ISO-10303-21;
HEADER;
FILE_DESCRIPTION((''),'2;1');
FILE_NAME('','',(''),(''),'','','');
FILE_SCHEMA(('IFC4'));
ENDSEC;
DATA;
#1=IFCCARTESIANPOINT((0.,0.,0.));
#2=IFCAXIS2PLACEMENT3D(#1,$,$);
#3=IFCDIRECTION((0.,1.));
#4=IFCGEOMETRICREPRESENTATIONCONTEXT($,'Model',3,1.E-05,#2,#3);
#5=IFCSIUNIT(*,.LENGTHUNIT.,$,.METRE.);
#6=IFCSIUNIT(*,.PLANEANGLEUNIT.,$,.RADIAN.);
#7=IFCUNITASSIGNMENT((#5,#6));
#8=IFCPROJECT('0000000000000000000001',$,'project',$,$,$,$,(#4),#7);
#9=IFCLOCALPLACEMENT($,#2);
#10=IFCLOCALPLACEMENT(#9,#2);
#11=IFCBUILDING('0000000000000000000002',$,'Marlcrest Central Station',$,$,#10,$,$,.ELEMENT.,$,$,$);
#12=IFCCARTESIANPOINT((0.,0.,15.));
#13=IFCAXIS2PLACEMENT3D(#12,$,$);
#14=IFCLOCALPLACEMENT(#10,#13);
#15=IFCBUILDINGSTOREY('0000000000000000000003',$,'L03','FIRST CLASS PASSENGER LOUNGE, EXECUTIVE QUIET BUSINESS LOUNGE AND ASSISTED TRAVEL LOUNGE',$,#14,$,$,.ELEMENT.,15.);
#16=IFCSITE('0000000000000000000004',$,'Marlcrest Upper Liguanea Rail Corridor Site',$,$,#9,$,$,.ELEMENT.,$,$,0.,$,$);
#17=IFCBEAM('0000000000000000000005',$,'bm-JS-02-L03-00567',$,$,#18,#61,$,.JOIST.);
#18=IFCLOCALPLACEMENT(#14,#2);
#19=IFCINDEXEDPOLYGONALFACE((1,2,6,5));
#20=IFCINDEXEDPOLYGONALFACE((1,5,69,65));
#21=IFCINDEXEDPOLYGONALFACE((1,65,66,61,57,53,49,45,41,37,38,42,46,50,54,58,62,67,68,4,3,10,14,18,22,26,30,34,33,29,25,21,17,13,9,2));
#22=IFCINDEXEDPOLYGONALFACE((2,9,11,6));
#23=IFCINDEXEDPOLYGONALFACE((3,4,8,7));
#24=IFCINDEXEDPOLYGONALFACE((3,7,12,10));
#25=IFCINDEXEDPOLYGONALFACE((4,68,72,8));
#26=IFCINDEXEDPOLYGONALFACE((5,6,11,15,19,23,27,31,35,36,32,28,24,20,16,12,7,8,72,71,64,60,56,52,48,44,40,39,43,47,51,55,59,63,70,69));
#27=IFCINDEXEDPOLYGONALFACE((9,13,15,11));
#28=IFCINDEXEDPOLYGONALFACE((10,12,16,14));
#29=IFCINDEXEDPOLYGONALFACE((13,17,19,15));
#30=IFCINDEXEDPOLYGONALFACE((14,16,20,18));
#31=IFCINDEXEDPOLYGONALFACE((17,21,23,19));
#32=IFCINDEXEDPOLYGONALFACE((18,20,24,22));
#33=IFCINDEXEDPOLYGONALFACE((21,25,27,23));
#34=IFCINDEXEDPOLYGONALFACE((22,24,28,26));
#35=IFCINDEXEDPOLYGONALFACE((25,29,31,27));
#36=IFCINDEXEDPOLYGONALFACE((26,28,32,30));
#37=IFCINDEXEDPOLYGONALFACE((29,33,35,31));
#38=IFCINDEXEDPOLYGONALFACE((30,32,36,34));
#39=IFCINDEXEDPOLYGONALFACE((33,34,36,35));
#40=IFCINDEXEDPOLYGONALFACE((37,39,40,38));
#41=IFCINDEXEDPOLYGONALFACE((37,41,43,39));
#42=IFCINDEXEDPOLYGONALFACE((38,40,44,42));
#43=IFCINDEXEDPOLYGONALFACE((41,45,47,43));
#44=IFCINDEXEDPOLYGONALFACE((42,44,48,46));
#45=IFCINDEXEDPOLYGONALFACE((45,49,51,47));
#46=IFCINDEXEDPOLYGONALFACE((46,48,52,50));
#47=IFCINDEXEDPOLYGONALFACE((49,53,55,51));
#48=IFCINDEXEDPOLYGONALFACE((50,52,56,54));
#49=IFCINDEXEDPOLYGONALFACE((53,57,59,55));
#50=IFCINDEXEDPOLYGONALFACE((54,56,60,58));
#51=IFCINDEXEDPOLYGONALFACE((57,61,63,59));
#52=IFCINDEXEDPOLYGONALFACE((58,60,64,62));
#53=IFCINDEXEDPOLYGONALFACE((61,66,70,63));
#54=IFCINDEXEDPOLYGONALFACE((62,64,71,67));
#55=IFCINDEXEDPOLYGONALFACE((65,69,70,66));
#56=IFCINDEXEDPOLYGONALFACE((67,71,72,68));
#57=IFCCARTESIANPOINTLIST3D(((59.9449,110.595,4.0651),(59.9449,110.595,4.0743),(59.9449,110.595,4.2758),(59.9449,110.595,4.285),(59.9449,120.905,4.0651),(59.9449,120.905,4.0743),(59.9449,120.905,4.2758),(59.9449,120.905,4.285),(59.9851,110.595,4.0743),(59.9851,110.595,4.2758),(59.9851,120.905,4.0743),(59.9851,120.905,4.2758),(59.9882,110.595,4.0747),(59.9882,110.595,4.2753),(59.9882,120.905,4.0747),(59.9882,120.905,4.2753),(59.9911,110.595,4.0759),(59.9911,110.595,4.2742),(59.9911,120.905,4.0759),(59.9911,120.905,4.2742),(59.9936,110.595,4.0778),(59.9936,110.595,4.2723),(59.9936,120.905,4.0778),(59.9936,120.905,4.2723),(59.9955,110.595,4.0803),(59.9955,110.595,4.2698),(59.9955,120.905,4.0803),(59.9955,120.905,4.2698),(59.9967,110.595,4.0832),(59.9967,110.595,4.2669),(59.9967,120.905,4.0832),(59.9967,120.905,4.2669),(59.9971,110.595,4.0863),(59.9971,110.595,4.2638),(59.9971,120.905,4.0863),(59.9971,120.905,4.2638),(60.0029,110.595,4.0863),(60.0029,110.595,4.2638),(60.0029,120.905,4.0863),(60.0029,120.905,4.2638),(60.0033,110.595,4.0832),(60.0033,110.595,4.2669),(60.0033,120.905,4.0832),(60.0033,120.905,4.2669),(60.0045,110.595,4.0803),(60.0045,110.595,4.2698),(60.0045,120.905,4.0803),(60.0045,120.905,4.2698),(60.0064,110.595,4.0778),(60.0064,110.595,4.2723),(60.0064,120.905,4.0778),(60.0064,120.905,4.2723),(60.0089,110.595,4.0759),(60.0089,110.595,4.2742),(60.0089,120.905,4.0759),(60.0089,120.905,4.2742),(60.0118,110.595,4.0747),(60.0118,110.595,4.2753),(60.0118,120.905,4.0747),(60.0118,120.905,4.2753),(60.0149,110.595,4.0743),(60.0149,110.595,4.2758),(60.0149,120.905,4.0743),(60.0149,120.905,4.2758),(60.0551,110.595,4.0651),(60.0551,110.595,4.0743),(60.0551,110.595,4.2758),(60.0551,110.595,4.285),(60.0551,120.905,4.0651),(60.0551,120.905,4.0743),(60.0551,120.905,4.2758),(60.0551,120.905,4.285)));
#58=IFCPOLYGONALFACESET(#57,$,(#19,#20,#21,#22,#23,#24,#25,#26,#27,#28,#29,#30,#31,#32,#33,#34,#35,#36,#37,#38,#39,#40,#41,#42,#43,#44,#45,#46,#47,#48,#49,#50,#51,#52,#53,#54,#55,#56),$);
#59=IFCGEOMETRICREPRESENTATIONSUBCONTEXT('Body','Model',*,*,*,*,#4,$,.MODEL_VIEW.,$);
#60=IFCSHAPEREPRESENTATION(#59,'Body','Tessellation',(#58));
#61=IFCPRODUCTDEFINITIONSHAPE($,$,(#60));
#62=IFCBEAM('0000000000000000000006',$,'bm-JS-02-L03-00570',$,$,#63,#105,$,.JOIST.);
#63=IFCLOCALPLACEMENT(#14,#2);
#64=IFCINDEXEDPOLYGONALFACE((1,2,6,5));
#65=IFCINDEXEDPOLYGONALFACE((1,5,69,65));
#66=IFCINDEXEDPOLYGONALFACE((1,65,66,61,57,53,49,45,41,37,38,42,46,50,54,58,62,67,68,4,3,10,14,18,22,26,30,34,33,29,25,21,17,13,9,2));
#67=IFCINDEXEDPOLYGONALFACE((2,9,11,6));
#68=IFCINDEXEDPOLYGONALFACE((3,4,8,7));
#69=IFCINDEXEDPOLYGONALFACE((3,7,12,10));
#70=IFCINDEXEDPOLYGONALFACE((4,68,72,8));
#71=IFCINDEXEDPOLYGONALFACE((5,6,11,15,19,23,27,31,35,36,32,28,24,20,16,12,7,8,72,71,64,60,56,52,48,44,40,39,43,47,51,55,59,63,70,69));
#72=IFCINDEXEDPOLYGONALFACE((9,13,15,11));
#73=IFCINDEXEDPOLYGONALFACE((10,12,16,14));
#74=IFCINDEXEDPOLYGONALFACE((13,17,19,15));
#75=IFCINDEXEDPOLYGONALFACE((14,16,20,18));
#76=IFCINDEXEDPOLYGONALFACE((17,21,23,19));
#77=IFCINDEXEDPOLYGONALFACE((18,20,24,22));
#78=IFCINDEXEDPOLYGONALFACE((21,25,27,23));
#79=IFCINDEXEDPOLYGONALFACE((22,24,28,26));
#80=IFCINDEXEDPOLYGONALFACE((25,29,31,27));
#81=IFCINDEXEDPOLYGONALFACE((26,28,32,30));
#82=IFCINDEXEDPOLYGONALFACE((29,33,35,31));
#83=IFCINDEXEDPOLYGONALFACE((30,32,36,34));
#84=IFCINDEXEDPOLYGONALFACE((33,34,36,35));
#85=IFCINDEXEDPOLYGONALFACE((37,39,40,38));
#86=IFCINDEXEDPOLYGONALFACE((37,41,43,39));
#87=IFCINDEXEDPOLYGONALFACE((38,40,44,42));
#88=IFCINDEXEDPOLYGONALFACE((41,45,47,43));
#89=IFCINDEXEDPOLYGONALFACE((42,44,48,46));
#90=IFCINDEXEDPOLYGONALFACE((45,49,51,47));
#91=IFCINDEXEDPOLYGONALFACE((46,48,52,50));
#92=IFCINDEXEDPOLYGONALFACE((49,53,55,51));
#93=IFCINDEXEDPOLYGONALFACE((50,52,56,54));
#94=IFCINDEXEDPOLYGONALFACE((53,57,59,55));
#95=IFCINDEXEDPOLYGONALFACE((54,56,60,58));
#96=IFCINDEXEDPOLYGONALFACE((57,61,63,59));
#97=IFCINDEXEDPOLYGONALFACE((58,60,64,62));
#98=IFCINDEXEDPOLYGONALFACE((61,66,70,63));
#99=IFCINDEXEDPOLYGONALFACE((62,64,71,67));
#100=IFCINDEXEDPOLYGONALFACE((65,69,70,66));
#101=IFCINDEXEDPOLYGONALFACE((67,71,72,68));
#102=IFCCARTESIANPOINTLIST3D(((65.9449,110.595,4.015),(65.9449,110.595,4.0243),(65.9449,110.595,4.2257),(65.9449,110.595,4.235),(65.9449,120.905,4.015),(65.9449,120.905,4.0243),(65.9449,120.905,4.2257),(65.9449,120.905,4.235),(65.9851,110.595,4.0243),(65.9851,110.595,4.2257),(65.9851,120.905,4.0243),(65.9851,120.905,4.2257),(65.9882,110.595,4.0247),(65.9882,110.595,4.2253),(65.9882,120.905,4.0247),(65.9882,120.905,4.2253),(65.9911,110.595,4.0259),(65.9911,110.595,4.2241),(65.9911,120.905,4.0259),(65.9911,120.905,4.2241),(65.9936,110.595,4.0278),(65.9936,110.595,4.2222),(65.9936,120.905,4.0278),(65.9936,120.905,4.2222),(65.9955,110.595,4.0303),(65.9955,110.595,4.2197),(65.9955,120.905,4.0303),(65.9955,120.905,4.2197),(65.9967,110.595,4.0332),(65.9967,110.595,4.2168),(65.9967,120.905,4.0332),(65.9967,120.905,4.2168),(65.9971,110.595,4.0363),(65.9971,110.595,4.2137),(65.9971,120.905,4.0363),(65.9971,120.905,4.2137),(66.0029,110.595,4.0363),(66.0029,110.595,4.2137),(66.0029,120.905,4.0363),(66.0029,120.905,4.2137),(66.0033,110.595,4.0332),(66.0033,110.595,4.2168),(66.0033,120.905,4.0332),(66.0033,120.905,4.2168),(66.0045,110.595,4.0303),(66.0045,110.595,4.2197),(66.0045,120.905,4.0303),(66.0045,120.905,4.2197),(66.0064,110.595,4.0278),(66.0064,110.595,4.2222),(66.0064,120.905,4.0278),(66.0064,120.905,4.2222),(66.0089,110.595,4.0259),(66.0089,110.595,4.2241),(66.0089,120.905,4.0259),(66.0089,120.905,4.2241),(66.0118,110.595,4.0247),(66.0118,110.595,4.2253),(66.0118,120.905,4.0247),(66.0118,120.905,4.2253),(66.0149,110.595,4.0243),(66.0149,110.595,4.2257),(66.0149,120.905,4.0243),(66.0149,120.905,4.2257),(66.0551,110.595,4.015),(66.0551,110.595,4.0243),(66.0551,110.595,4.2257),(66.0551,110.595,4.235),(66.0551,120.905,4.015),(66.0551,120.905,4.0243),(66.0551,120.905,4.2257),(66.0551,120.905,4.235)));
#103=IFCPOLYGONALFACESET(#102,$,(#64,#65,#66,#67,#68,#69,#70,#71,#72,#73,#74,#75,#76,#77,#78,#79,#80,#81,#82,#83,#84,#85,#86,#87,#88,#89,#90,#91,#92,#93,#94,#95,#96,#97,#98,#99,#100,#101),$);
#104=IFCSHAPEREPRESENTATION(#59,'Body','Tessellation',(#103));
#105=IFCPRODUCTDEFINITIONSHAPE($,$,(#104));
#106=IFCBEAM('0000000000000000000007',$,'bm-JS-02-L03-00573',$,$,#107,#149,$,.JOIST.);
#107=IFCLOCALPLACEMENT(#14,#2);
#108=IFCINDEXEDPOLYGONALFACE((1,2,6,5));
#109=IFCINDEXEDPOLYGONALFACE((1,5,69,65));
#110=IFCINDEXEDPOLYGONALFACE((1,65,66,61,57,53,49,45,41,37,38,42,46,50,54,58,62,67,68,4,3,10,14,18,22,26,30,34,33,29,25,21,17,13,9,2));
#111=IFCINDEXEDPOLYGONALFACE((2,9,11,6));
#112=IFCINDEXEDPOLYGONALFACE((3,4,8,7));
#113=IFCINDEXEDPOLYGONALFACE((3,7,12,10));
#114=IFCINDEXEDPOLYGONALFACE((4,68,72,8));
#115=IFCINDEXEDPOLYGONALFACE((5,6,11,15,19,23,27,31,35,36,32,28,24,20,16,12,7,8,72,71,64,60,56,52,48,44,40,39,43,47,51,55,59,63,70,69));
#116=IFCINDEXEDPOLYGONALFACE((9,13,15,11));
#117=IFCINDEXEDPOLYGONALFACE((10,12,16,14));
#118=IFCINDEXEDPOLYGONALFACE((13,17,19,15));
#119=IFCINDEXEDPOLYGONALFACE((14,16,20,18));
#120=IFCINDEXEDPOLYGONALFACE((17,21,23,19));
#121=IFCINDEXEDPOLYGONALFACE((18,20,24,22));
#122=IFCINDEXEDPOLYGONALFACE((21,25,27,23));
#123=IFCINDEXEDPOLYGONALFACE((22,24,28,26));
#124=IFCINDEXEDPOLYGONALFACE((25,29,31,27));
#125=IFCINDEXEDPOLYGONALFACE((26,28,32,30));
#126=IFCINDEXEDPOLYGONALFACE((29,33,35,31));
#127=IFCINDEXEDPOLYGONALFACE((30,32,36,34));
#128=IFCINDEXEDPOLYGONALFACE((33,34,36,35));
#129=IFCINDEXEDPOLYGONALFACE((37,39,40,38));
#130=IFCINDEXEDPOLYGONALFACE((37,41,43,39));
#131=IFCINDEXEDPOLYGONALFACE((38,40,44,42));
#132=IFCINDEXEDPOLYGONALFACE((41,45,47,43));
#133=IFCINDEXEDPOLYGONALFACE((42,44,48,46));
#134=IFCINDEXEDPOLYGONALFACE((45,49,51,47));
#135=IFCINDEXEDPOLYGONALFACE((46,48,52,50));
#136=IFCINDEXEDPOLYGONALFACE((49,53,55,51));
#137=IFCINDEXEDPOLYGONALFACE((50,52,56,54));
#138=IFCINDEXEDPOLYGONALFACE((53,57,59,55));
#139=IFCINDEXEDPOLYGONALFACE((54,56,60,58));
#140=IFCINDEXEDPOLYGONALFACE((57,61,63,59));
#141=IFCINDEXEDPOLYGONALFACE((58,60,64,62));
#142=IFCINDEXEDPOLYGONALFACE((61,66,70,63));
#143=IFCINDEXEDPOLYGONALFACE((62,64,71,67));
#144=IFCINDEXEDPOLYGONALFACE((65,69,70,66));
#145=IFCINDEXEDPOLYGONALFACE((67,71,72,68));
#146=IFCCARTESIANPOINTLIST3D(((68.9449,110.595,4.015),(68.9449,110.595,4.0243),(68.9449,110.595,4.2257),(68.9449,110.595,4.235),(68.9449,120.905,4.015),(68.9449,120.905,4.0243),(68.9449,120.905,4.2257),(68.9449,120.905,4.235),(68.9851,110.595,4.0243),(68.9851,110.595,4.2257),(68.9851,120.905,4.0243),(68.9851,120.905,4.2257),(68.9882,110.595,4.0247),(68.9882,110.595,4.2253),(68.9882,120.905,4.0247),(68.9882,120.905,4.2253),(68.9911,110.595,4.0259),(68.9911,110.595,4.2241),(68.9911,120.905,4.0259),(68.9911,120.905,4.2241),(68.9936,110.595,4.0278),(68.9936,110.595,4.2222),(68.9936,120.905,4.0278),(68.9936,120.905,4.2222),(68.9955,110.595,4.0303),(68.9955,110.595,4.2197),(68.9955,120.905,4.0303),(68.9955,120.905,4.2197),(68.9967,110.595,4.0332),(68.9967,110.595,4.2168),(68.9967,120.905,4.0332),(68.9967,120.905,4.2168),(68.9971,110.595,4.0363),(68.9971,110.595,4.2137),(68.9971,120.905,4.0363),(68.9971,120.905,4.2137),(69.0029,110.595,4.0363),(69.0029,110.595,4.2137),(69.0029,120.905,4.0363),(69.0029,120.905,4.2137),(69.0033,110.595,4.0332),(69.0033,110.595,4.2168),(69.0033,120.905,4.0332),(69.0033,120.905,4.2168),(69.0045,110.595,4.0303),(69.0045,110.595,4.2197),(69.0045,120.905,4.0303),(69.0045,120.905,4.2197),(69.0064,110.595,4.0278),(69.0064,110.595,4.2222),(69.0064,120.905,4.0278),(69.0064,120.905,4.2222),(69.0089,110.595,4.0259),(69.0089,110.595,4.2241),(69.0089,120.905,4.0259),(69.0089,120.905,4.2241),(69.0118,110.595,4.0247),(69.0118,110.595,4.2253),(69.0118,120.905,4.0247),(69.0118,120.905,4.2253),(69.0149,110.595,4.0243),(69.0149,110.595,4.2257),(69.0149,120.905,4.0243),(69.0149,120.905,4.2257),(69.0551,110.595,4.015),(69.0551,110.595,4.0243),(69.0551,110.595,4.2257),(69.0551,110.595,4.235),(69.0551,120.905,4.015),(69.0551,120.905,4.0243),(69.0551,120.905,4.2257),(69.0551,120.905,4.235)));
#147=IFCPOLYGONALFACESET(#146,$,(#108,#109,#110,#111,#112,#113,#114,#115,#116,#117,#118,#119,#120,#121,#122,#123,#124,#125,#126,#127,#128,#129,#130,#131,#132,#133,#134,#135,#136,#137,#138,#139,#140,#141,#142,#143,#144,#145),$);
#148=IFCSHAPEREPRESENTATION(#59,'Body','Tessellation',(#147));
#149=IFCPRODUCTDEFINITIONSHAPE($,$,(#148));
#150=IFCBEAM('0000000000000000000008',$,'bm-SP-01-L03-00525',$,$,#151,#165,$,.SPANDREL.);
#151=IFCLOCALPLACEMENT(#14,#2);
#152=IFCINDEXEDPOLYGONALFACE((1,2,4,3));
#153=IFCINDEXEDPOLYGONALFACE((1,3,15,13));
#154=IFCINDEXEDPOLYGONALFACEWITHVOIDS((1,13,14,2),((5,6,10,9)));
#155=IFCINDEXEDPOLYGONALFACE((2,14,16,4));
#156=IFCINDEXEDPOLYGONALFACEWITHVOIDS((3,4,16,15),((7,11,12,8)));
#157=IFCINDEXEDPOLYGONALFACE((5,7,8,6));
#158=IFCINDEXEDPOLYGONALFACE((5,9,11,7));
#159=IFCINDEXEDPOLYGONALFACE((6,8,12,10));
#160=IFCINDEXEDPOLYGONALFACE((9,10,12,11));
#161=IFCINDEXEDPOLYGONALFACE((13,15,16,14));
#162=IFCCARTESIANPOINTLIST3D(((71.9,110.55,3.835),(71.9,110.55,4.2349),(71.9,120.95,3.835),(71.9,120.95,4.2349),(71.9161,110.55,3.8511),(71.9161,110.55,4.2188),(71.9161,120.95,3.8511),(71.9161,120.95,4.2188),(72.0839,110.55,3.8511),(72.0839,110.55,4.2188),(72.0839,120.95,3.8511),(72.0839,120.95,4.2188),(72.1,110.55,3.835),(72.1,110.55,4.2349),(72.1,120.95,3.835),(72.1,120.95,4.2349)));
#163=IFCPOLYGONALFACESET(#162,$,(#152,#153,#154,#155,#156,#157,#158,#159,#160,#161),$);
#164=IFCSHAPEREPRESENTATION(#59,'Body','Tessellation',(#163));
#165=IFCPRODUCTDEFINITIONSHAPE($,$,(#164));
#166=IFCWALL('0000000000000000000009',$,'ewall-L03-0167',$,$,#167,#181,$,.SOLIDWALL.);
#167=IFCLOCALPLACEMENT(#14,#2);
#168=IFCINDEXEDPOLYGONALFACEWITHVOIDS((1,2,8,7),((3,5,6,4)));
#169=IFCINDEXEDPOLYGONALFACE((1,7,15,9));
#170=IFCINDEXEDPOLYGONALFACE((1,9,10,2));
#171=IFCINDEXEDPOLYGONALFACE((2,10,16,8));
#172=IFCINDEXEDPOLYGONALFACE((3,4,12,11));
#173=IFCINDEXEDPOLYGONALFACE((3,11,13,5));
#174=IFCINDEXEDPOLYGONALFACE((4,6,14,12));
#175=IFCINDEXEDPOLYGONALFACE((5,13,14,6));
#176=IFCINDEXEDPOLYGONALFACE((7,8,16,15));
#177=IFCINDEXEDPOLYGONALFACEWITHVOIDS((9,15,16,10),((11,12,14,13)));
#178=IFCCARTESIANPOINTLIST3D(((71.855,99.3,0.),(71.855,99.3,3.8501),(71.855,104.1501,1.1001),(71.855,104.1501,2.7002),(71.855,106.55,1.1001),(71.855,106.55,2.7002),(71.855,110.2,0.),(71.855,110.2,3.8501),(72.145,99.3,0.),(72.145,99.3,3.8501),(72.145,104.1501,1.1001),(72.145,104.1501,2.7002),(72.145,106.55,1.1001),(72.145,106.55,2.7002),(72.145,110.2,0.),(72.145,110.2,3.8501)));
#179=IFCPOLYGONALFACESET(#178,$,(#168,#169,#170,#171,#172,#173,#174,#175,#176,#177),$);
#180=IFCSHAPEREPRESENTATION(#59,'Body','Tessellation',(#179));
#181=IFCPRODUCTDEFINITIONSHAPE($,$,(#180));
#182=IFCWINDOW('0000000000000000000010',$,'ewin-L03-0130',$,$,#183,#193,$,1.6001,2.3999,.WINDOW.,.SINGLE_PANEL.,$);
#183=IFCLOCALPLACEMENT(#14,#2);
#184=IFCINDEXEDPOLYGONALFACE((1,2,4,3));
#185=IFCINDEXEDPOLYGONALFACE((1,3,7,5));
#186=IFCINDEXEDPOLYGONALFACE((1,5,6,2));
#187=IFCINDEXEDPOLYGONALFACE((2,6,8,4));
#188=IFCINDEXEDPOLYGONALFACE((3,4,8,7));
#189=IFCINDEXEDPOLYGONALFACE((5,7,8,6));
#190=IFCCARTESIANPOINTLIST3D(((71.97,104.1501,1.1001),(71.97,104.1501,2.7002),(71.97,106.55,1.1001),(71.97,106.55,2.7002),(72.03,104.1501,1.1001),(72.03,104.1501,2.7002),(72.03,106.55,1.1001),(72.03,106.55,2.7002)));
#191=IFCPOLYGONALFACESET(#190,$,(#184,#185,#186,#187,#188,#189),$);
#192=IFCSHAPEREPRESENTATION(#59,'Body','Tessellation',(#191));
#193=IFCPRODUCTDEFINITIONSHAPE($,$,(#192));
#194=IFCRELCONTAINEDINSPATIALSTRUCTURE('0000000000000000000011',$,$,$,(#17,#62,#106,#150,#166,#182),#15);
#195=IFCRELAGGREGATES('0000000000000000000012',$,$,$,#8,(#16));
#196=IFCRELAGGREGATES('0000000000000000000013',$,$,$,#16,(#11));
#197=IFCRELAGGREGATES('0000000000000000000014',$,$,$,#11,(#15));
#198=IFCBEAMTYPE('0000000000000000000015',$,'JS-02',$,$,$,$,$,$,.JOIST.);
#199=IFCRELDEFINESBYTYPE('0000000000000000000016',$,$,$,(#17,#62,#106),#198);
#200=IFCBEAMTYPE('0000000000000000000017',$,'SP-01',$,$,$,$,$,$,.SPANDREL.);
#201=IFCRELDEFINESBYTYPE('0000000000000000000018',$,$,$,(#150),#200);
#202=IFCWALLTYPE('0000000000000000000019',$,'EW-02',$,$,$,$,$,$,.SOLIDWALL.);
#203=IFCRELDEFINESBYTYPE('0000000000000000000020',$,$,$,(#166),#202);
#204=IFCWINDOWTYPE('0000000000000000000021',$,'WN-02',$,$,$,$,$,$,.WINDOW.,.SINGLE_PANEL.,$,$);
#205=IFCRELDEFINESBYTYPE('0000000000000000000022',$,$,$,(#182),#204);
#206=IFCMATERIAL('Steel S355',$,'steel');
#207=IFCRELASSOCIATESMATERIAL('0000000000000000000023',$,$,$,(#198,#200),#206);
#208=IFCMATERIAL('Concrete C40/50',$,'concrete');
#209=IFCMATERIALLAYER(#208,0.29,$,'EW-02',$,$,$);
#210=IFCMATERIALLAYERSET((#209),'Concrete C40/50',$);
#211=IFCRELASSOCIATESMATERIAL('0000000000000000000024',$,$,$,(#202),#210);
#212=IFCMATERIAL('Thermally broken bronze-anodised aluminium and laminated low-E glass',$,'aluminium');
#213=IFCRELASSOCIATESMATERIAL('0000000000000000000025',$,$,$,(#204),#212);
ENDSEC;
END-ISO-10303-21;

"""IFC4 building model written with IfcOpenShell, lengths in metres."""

from ifc_helpers import new_model, si_unit, direction, frame, frame_2d, origin, origin_2d, place, context, subcontext, project, spatial, rectangle, hollow_rectangle, i_section, extrude, material, layer, layer_set, material_profile, profile_set, type_object, element, fill, save


model = new_model("IFC4")

# Units and contexts
model_context = context("Model", 3, precision=1e-05, world=origin(), true_north=direction((0.0, 1.0)))
body_context = subcontext(model_context, "Body", "Model", "MODEL_VIEW")
ifc_project = project(units=[si_unit("LENGTHUNIT", "METRE"), si_unit("PLANEANGLEUNIT", "RADIAN")], contexts=[model_context])

# Site, building, storey
site_placement = place(None, origin())
site = spatial("IfcSite", under=ifc_project, at=site_placement, Name="Marlcrest Upper Liguanea Rail Corridor Site", CompositionType="ELEMENT", RefElevation=0.0)
building_placement = place(site_placement, origin())
building = spatial("IfcBuilding", under=site, at=building_placement, Name="Marlcrest Central Station", CompositionType="ELEMENT")
storey_placement = place(building_placement, frame((0.0, 0.0, 15.0)))
storey = spatial("IfcBuildingStorey", under=building, at=storey_placement, Name="L03", Description="FIRST CLASS PASSENGER LOUNGE, EXECUTIVE QUIET BUSINESS LOUNGE AND ASSISTED TRAVEL LOUNGE", CompositionType="ELEMENT", Elevation=15.0)

# Shared definitions
ifc_material_1 = material(Name="Steel S355", Category="steel")

# Beams
ifc_material_profile_1 = material_profile(ifc_material_1, i_section(OverallWidth=0.1101, OverallDepth=0.22, WebThickness=0.0059, FlangeThickness=0.0093, FilletRadius=0.012, at=origin_2d()), Name="IPE 220")
ifc_profile_set_1 = profile_set([ifc_material_profile_1], Name="Steel S355")
beam_type_1 = type_object("IfcBeamType", Name="JS-02", PredefinedType="JOIST", material=ifc_profile_set_1)
for number, where, z_axis, x_axis, name in (
    (1, (60.0, 110.595, 4.175), (0.0, 1.0, 0.0), (-1.0, 0.0, 0.0), "bm-JS-02-L03-00567"),
    (2, (66.0, 110.595, 4.125), (0.0, 1.0, 0.0), (-1.0, 0.0, 0.0), "bm-JS-02-L03-00570"),
    (3, (69.0, 110.595, 4.125), (0.0, 1.0, 0.0), (-1.0, 0.0, 0.0), "bm-JS-02-L03-00573"),
):
    element("IfcBeam", number, at=place(storey_placement, frame(where, z_axis=z_axis, x_axis=x_axis)), inside=storey, type_object=beam_type_1, Name=name, PredefinedType="JOIST", context=body_context, shape_type="SweptSolid", body=[
        extrude(i_section(OverallWidth=0.1101, OverallDepth=0.22, WebThickness=0.0059, FlangeThickness=0.0093, FilletRadius=0.012, at=origin_2d()), origin(), (0.0, 0.0, 1.0), 10.3101),
    ])
ifc_material_profile_2 = material_profile(ifc_material_1, hollow_rectangle(XDim=0.2, YDim=0.3999, WallThickness=0.0161, at=origin_2d()), Name="RHS 400x200x16")
ifc_profile_set_2 = profile_set([ifc_material_profile_2], Name="Steel S355")
beam_type_2 = type_object("IfcBeamType", Name="SP-01", PredefinedType="SPANDREL", material=ifc_profile_set_2)
beam_1_placement = place(storey_placement, frame((72.0, 110.55, 4.0349), z_axis=(0.0, 1.0, 0.0), x_axis=(-1.0, 0.0, 0.0)))
element("IfcBeam", 4, at=beam_1_placement, inside=storey, type_object=beam_type_2, Name="bm-SP-01-L03-00525", PredefinedType="SPANDREL", context=body_context, shape_type="SweptSolid", body=[
    extrude(hollow_rectangle(XDim=0.2, YDim=0.3999, WallThickness=0.0161, at=origin_2d()), origin(), (0.0, 0.0, 1.0), 10.3999),
])

# Wall, opening, window
ifc_material_2 = material(Name="Concrete C40/50", Category="concrete")
ifc_layer_1 = layer(ifc_material_2, 0.29, Name="EW-02")
ifc_layer_set_1 = layer_set([ifc_layer_1], Name="Concrete C40/50")
wall_type_1 = type_object("IfcWallType", Name="EW-02", PredefinedType="SOLIDWALL", material=ifc_layer_set_1)
wall_1_placement = place(storey_placement, frame((72.0, 110.2, 0.0), z_axis=(0.0, 0.0, 1.0), x_axis=(0.0, -1.0, 0.0)))
wall_1 = element("IfcWall", 5, at=wall_1_placement, inside=storey, type_object=wall_type_1, Name="ewall-L03-0167", PredefinedType="SOLIDWALL", context=body_context, shape_type="SweptSolid", body=[
    extrude(rectangle(XDim=10.8999, YDim=0.29, at=frame_2d((5.45, 0.0))), origin(), (0.0, 0.0, 1.0), 3.8501),
])
opening_1_placement = place(wall_1_placement, frame((3.6499, 0.0, 1.1001)))
opening_1 = element("IfcOpeningElement", 6, at=opening_1_placement, cuts=wall_1, PredefinedType="OPENING", context=body_context, shape_type="SweptSolid", body=[
    extrude(rectangle(XDim=2.3999, YDim=1.6001, at=frame_2d((1.2, 0.8))), frame((0.0, 0.155, 0.0), z_axis=(0.0, -1.0, 0.0), x_axis=(1.0, 0.0, 0.0)), (0.0, 0.0, 1.0), 0.3101),
])
ifc_material_3 = material(Name="Thermally broken bronze-anodised aluminium and laminated low-E glass", Category="aluminium")
window_type = type_object("IfcWindowType", Name="WN-02", PartitioningType="SINGLE_PANEL", PredefinedType="WINDOW", material=ifc_material_3)
window_1_placement = place(opening_1_placement, origin())
window_1 = element("IfcWindow", 7, at=window_1_placement, inside=storey, type_object=window_type, Name="ewin-L03-0130", OverallHeight=1.6001, OverallWidth=2.3999, PartitioningType="SINGLE_PANEL", PredefinedType="WINDOW", context=body_context, shape_type="SweptSolid", body=[
    extrude(rectangle(XDim=2.3999, YDim=1.6001, at=frame_2d((1.2, 0.8))), frame((0.0, 0.03, 0.0), z_axis=(0.0, -1.0, 0.0), x_axis=(1.0, 0.0, 0.0)), (0.0, 0.0, 1.0), 0.0601),
])
fill(opening_1, window_1)

save(model, "model.ifc")
